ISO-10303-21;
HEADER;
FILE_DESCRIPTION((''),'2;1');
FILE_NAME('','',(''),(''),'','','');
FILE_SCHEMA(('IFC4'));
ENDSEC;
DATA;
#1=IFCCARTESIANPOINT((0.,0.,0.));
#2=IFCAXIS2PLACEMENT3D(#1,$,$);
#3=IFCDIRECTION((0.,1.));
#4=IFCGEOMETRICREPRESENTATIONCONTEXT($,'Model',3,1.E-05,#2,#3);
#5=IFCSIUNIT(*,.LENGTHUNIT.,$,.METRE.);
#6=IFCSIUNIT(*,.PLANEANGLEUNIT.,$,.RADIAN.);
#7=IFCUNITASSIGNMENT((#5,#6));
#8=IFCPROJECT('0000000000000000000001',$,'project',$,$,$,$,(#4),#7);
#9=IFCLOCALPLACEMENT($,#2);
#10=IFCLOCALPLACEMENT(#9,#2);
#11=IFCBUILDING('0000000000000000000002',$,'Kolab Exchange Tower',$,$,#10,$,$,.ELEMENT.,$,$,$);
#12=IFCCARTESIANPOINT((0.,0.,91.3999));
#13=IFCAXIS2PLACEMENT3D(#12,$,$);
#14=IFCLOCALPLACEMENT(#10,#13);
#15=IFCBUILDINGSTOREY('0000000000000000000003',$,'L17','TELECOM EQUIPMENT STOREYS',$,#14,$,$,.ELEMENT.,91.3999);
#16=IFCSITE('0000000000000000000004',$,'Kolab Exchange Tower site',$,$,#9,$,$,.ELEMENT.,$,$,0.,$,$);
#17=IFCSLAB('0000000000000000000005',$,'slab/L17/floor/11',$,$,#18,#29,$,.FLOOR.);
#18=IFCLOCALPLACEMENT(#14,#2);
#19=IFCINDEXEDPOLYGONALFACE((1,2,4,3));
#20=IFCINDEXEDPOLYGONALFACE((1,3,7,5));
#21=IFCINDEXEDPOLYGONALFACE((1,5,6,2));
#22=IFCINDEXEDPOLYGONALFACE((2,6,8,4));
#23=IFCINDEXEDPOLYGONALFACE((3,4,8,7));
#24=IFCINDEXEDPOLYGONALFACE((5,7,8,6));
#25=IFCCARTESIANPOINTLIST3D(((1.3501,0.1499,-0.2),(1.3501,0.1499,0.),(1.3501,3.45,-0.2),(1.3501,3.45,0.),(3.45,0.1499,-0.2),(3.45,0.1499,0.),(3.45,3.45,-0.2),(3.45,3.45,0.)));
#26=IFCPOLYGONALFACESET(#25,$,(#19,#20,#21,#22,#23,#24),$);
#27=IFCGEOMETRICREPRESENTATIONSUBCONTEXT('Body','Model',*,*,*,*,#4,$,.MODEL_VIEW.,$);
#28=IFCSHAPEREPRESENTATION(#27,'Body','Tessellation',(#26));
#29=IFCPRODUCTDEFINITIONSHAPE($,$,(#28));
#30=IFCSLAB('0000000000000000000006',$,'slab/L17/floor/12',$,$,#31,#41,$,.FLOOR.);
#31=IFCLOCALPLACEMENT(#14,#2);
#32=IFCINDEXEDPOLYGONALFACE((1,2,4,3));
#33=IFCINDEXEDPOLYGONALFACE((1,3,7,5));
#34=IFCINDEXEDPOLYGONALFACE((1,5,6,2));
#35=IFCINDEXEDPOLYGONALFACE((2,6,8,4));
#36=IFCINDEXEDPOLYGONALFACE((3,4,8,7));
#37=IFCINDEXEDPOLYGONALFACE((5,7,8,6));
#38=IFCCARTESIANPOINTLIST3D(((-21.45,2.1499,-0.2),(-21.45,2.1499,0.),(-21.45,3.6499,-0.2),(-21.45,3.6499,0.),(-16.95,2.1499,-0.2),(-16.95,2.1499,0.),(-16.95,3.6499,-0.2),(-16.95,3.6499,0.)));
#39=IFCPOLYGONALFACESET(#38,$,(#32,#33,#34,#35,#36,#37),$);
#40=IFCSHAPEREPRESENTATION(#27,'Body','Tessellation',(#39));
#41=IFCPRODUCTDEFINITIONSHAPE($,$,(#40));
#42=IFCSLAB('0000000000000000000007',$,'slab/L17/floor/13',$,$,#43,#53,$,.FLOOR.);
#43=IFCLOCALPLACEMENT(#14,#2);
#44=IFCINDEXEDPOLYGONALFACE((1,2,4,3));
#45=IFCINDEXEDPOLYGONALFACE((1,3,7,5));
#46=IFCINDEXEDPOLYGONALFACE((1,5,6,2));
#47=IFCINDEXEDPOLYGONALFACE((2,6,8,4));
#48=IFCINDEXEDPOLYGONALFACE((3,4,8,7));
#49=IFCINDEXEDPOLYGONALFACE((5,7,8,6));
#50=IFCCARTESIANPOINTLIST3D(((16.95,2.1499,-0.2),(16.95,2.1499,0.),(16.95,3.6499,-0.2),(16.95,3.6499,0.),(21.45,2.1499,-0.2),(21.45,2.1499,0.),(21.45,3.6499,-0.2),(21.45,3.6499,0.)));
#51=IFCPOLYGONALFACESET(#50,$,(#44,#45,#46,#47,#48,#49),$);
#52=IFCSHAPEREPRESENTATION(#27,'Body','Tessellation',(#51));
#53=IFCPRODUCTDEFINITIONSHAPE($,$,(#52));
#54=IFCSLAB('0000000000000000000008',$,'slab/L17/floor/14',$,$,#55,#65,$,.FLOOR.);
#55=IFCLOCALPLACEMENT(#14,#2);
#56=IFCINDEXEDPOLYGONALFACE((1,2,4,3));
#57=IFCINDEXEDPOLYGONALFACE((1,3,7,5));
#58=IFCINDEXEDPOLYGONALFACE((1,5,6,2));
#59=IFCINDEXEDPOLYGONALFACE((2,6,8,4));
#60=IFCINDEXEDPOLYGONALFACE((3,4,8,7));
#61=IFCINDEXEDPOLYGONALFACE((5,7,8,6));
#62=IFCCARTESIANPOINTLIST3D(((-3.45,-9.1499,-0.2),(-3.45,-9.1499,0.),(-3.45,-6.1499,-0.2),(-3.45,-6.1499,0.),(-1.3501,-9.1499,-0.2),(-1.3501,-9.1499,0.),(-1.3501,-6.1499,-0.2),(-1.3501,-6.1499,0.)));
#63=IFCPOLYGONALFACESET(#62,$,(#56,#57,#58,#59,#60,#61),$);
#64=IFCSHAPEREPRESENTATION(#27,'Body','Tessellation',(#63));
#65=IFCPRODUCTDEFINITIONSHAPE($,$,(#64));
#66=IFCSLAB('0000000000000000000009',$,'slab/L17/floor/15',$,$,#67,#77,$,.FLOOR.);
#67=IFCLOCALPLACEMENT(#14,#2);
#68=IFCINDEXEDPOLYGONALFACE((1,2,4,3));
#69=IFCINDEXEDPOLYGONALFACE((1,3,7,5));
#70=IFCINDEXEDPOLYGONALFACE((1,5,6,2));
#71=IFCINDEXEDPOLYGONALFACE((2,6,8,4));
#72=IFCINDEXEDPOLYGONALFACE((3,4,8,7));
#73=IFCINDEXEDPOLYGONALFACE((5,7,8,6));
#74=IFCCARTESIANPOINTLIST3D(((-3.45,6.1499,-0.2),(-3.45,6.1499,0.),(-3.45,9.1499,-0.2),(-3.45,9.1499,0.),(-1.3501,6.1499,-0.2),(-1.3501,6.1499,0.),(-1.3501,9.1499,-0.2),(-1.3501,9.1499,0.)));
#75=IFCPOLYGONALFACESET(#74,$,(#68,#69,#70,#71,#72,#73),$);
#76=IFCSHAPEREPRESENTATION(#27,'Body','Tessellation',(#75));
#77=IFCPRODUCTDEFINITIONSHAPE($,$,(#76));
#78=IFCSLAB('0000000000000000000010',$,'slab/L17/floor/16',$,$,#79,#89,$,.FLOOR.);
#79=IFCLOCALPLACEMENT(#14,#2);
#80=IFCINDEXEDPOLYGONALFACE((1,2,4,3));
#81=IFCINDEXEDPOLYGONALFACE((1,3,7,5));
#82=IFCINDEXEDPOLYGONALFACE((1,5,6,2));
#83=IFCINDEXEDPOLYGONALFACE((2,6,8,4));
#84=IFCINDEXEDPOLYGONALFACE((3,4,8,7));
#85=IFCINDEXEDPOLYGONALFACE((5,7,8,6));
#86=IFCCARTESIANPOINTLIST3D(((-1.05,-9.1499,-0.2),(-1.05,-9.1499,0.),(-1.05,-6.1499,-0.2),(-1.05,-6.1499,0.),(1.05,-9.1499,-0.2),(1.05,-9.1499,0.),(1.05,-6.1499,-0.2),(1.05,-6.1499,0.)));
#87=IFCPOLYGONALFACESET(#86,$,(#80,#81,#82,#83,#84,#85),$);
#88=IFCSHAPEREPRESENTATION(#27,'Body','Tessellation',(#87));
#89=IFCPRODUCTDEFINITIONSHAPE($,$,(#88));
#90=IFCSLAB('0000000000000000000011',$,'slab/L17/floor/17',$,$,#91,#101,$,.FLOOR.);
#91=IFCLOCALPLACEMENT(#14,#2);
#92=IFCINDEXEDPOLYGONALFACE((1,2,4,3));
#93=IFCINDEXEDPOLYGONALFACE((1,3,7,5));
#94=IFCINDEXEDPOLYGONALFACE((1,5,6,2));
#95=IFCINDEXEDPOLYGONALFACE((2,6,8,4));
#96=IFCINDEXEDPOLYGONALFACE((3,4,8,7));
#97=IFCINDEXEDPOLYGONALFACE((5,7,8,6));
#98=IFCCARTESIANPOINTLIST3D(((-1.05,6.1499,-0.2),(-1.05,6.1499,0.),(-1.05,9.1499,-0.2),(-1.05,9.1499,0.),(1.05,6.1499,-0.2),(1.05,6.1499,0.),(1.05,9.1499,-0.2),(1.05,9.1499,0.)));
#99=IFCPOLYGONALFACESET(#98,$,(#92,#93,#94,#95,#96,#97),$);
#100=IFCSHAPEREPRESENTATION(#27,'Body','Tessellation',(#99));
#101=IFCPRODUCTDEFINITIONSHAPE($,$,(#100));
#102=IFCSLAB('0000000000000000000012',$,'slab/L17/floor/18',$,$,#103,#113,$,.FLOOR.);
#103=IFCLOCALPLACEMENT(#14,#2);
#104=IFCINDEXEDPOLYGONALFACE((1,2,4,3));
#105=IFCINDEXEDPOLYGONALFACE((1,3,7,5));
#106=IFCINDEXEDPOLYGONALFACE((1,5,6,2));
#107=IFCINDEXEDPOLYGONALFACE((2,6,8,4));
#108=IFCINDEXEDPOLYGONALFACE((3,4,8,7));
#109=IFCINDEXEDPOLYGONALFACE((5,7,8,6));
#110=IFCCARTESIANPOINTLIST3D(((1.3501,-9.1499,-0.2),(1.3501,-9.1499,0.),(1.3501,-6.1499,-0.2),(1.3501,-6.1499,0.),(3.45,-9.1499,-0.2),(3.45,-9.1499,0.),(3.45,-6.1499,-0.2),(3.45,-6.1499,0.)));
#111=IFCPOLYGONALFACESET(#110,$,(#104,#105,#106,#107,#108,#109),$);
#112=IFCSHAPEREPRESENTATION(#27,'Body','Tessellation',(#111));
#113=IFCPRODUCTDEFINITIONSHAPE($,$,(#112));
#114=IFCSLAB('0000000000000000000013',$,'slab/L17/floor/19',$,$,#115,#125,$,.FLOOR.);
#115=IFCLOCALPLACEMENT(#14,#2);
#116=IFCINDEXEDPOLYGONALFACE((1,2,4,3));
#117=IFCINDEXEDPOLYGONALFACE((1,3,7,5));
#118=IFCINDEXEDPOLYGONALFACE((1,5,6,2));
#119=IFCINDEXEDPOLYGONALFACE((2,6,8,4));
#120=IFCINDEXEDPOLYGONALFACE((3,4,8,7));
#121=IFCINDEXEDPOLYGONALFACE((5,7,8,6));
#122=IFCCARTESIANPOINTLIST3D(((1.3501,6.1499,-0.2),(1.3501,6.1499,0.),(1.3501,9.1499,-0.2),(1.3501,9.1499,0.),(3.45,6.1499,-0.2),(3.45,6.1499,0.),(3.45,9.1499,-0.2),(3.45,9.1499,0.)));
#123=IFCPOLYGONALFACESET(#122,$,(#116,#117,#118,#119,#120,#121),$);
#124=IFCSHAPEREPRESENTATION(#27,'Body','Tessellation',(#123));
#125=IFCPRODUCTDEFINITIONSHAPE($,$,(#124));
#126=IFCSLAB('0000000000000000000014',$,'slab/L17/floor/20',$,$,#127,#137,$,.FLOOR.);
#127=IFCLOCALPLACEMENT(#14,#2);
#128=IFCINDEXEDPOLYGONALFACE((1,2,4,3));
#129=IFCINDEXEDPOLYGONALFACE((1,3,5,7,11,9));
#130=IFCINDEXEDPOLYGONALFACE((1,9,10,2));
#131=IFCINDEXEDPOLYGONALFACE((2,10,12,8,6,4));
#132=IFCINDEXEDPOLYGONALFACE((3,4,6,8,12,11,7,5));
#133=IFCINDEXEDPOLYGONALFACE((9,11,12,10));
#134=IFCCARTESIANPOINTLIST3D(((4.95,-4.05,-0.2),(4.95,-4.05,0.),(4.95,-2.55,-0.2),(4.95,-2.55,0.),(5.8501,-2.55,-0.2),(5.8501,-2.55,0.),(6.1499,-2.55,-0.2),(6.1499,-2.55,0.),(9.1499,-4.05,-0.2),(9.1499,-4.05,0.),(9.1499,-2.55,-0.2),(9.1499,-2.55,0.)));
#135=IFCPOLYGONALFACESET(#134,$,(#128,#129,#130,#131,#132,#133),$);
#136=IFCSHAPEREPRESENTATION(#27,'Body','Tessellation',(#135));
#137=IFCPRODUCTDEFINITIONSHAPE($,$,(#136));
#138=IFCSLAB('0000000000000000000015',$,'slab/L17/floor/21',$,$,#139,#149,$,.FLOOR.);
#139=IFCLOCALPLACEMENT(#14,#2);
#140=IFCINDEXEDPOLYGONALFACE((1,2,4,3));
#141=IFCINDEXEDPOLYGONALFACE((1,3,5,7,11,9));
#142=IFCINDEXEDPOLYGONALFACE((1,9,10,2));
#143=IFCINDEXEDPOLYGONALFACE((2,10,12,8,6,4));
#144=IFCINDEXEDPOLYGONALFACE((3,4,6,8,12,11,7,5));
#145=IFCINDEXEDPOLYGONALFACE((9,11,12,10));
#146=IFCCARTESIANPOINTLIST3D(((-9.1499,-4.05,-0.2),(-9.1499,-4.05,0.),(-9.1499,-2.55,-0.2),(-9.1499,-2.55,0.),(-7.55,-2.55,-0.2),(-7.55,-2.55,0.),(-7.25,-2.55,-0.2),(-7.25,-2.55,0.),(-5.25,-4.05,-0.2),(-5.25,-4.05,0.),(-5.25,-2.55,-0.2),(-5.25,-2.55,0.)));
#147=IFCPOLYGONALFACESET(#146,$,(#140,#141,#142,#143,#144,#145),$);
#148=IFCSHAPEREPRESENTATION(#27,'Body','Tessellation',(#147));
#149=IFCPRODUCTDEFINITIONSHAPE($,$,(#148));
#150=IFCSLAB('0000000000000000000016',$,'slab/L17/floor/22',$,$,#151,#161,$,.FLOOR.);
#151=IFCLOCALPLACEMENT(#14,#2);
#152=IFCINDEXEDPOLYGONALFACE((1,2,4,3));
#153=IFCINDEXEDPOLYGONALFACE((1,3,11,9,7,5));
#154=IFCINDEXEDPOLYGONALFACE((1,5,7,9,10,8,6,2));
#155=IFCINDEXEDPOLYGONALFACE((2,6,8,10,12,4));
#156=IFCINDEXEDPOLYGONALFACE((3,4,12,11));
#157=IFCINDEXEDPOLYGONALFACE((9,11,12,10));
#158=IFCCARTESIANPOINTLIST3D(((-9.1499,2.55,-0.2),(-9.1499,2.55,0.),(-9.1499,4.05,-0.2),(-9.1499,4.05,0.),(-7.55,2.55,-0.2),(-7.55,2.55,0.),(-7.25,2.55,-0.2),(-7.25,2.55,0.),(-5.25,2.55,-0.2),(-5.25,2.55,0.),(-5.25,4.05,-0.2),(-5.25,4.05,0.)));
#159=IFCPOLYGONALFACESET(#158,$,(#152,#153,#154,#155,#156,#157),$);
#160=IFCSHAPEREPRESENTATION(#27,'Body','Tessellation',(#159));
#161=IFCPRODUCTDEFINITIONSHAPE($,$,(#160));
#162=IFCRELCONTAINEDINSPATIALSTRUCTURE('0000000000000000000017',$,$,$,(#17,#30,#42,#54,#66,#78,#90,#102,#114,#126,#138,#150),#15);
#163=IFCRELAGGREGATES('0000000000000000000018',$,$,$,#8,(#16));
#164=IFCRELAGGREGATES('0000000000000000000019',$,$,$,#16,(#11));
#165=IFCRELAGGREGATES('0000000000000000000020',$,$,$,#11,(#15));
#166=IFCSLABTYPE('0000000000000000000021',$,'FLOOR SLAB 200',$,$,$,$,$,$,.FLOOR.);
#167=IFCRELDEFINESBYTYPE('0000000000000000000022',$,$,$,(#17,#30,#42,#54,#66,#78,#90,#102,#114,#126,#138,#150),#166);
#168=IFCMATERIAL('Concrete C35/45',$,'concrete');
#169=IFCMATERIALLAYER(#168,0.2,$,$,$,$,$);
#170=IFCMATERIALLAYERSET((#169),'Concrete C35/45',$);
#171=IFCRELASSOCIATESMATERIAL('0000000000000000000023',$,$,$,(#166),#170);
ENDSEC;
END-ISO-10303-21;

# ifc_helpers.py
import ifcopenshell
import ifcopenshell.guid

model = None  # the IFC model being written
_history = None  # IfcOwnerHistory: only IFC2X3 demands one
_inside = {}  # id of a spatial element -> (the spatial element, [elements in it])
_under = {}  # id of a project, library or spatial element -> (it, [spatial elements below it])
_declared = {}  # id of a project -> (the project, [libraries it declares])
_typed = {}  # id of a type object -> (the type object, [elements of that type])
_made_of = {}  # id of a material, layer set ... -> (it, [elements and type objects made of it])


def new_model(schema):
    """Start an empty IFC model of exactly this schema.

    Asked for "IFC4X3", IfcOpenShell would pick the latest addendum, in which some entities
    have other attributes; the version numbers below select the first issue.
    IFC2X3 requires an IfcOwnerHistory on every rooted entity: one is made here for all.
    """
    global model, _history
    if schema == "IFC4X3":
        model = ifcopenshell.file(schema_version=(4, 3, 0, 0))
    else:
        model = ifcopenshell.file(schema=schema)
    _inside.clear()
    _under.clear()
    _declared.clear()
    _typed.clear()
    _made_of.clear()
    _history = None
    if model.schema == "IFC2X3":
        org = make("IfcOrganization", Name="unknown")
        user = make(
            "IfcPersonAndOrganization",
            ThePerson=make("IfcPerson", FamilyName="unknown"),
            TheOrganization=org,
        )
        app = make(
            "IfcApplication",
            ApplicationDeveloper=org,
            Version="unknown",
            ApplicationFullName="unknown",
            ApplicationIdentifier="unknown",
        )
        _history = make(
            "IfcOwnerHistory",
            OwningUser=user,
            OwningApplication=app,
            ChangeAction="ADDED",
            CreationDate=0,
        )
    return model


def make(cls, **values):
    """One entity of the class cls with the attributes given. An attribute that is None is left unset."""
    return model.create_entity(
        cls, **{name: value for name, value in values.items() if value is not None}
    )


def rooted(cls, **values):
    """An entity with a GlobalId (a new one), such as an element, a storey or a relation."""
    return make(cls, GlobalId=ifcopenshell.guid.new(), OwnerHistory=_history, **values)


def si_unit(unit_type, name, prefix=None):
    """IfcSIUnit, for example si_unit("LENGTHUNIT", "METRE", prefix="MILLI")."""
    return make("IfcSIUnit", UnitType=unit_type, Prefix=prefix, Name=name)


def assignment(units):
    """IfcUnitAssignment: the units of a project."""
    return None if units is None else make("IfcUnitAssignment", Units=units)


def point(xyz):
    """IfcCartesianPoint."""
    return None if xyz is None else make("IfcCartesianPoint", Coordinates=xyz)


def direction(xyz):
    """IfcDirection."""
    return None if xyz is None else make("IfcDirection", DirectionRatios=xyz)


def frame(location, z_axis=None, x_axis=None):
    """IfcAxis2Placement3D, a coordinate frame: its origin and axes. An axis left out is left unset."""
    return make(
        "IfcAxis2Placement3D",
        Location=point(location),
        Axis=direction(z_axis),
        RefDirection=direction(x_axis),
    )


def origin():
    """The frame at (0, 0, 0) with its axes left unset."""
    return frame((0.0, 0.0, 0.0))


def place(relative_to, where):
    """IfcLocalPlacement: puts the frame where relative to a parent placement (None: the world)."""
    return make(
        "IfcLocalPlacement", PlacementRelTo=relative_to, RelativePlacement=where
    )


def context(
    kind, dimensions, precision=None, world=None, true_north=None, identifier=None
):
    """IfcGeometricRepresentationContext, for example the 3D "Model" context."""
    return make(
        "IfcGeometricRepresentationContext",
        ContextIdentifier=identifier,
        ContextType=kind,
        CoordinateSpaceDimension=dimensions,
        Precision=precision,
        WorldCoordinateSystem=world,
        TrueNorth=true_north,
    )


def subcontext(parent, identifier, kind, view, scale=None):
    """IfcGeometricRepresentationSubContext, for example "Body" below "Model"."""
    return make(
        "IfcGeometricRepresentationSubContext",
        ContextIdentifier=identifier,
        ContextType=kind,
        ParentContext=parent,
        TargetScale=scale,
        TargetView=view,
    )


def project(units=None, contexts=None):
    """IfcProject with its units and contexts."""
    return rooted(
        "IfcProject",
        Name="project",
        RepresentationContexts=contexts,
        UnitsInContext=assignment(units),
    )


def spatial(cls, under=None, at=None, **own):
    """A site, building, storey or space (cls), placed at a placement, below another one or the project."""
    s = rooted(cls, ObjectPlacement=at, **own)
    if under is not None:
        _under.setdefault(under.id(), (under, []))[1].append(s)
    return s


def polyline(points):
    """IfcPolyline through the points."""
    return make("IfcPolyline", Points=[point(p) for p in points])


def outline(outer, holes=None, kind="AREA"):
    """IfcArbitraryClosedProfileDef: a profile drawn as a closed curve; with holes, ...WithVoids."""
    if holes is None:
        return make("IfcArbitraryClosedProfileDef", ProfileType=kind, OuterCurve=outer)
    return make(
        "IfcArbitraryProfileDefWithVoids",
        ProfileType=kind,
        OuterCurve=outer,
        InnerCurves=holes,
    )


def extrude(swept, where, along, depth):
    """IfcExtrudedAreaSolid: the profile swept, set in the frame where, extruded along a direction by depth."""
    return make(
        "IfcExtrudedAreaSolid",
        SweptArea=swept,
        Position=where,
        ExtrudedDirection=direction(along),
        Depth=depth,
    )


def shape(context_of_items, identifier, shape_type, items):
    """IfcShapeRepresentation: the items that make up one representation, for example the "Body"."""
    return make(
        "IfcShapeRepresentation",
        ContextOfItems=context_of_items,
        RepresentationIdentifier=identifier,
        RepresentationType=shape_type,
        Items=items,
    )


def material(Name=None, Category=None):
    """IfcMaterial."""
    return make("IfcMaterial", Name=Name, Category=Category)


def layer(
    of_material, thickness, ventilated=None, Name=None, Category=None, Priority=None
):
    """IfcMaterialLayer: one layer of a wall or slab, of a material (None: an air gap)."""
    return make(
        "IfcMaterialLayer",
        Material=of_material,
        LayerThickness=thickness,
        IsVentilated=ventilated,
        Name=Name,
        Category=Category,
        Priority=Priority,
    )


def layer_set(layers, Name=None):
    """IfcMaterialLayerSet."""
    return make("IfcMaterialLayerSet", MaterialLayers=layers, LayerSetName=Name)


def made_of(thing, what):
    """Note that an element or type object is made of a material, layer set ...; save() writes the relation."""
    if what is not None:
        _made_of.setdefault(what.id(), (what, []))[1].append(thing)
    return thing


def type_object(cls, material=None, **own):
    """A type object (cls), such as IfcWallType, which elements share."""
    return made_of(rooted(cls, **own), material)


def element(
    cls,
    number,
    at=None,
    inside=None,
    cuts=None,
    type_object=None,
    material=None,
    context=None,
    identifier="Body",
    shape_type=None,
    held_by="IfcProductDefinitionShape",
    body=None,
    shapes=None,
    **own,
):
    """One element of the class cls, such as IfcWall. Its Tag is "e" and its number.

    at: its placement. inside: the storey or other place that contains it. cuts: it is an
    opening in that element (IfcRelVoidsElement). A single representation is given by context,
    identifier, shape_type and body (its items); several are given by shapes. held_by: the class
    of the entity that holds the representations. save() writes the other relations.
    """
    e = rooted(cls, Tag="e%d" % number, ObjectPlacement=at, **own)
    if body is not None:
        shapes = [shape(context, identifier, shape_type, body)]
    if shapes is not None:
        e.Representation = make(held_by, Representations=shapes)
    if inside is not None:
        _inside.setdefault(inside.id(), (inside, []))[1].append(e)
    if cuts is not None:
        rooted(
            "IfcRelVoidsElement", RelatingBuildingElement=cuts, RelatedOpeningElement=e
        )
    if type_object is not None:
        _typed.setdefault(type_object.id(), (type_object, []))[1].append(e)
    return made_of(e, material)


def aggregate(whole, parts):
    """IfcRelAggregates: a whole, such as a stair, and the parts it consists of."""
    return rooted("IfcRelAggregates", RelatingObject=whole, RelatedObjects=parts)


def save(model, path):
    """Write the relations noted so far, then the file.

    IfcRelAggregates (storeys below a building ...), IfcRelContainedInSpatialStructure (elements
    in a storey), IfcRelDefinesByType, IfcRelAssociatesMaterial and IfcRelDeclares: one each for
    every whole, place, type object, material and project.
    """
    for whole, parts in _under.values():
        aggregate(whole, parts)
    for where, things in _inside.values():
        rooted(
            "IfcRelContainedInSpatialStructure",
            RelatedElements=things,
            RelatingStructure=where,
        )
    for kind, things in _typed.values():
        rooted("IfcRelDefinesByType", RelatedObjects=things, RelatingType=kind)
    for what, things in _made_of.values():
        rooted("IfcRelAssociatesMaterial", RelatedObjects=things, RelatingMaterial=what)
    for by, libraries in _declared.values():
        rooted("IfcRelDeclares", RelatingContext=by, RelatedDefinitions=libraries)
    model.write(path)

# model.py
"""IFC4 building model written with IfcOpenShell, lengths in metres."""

from ifc_helpers import new_model, si_unit, direction, frame, origin, place, context, subcontext, project, spatial, polyline, outline, extrude, material, layer, layer_set, type_object, element, save


model = new_model("IFC4")

# Units and contexts
model_context = context("Model", 3, precision=1e-05, world=origin(), true_north=direction((0.0, 1.0)))
body_context = subcontext(model_context, "Body", "Model", "MODEL_VIEW")
ifc_project = project(units=[si_unit("LENGTHUNIT", "METRE"), si_unit("PLANEANGLEUNIT", "RADIAN")], contexts=[model_context])

# Site, building, storey
site_placement = place(None, origin())
site = spatial("IfcSite", under=ifc_project, at=site_placement, Name="Kolab Exchange Tower site", CompositionType="ELEMENT", RefElevation=0.0)
building_placement = place(site_placement, origin())
building = spatial("IfcBuilding", under=site, at=building_placement, Name="Kolab Exchange Tower", CompositionType="ELEMENT")
storey_placement = place(building_placement, frame((0.0, 0.0, 91.3999)))
storey = spatial("IfcBuildingStorey", under=building, at=storey_placement, Name="L17", Description="TELECOM EQUIPMENT STOREYS", CompositionType="ELEMENT", Elevation=91.3999)

# Slabs
ifc_material_1 = material(Name="Concrete C35/45", Category="concrete")
ifc_layer_1 = layer(ifc_material_1, 0.2)
ifc_layer_set_1 = layer_set([ifc_layer_1], Name="Concrete C35/45")
slab_type_1 = type_object("IfcSlabType", Name="FLOOR SLAB 200", PredefinedType="FLOOR", material=ifc_layer_set_1)
slab_1_placement = place(storey_placement, frame((0.0, 0.0, -0.2)))
element("IfcSlab", 1, at=slab_1_placement, inside=storey, type_object=slab_type_1, Name="slab/L17/floor/11", PredefinedType="FLOOR", context=body_context, shape_type="SweptSolid", body=[
    extrude(outline(polyline([(1.3501, 0.1499), (3.45, 0.1499), (3.45, 3.45), (1.3501, 3.45), (1.3501, 0.1499)])), origin(), (0.0, 0.0, 1.0), 0.2),
])
slab_2_placement = place(storey_placement, frame((0.0, 0.0, -0.2)))
element("IfcSlab", 2, at=slab_2_placement, inside=storey, type_object=slab_type_1, Name="slab/L17/floor/12", PredefinedType="FLOOR", context=body_context, shape_type="SweptSolid", body=[
    extrude(outline(polyline([(-21.45, 3.6499), (-21.45, 2.1499), (-16.95, 2.1499), (-16.95, 3.6499), (-21.45, 3.6499)])), origin(), (0.0, 0.0, 1.0), 0.2),
])
slab_3_placement = place(storey_placement, frame((0.0, 0.0, -0.2)))
element("IfcSlab", 3, at=slab_3_placement, inside=storey, type_object=slab_type_1, Name="slab/L17/floor/13", PredefinedType="FLOOR", context=body_context, shape_type="SweptSolid", body=[
    extrude(outline(polyline([(21.45, 3.6499), (16.95, 3.6499), (16.95, 2.1499), (21.45, 2.1499), (21.45, 3.6499)])), origin(), (0.0, 0.0, 1.0), 0.2),
])
slab_4_placement = place(storey_placement, frame((0.0, 0.0, -0.2)))
element("IfcSlab", 4, at=slab_4_placement, inside=storey, type_object=slab_type_1, Name="slab/L17/floor/14", PredefinedType="FLOOR", context=body_context, shape_type="SweptSolid", body=[
    extrude(outline(polyline([(-1.3501, -6.1499), (-3.45, -6.1499), (-3.45, -9.1499), (-1.3501, -9.1499), (-1.3501, -6.1499)])), origin(), (0.0, 0.0, 1.0), 0.2),
])
slab_5_placement = place(storey_placement, frame((0.0, 0.0, -0.2)))
element("IfcSlab", 5, at=slab_5_placement, inside=storey, type_object=slab_type_1, Name="slab/L17/floor/15", PredefinedType="FLOOR", context=body_context, shape_type="SweptSolid", body=[
    extrude(outline(polyline([(-1.3501, 6.1499), (-1.3501, 9.1499), (-3.45, 9.1499), (-3.45, 6.1499), (-1.3501, 6.1499)])), origin(), (0.0, 0.0, 1.0), 0.2),
])
slab_6_placement = place(storey_placement, frame((0.0, 0.0, -0.2)))
element("IfcSlab", 6, at=slab_6_placement, inside=storey, type_object=slab_type_1, Name="slab/L17/floor/16", PredefinedType="FLOOR", context=body_context, shape_type="SweptSolid", body=[
    extrude(outline(polyline([(1.05, -6.1499), (-1.05, -6.1499), (-1.05, -9.1499), (1.05, -9.1499), (1.05, -6.1499)])), origin(), (0.0, 0.0, 1.0), 0.2),
])
slab_7_placement = place(storey_placement, frame((0.0, 0.0, -0.2)))
element("IfcSlab", 7, at=slab_7_placement, inside=storey, type_object=slab_type_1, Name="slab/L17/floor/17", PredefinedType="FLOOR", context=body_context, shape_type="SweptSolid", body=[
    extrude(outline(polyline([(-1.05, 9.1499), (-1.05, 6.1499), (1.05, 6.1499), (1.05, 9.1499), (-1.05, 9.1499)])), origin(), (0.0, 0.0, 1.0), 0.2),
])
slab_8_placement = place(storey_placement, frame((0.0, 0.0, -0.2)))
element("IfcSlab", 8, at=slab_8_placement, inside=storey, type_object=slab_type_1, Name="slab/L17/floor/18", PredefinedType="FLOOR", context=body_context, shape_type="SweptSolid", body=[
    extrude(outline(polyline([(1.3501, -6.1499), (1.3501, -9.1499), (3.45, -9.1499), (3.45, -6.1499), (1.3501, -6.1499)])), origin(), (0.0, 0.0, 1.0), 0.2),
])
slab_9_placement = place(storey_placement, frame((0.0, 0.0, -0.2)))
element("IfcSlab", 9, at=slab_9_placement, inside=storey, type_object=slab_type_1, Name="slab/L17/floor/19", PredefinedType="FLOOR", context=body_context, shape_type="SweptSolid", body=[
    extrude(outline(polyline([(1.3501, 6.1499), (3.45, 6.1499), (3.45, 9.1499), (1.3501, 9.1499), (1.3501, 6.1499)])), origin(), (0.0, 0.0, 1.0), 0.2),
])
slab_10_placement = place(storey_placement, frame((0.0, 0.0, -0.2)))
element("IfcSlab", 10, at=slab_10_placement, inside=storey, type_object=slab_type_1, Name="slab/L17/floor/20", PredefinedType="FLOOR", context=body_context, shape_type="SweptSolid", body=[
    extrude(outline(polyline([(4.95, -4.05), (9.1499, -4.05), (9.1499, -2.55), (6.1499, -2.55), (5.8501, -2.55), (4.95, -2.55), (4.95, -4.05)])), origin(), (0.0, 0.0, 1.0), 0.2),
])
slab_11_placement = place(storey_placement, frame((0.0, 0.0, -0.2)))
element("IfcSlab", 11, at=slab_11_placement, inside=storey, type_object=slab_type_1, Name="slab/L17/floor/21", PredefinedType="FLOOR", context=body_context, shape_type="SweptSolid", body=[
    extrude(outline(polyline([(-9.1499, -2.55), (-9.1499, -4.05), (-5.25, -4.05), (-5.25, -2.55), (-7.25, -2.55), (-7.55, -2.55), (-9.1499, -2.55)])), origin(), (0.0, 0.0, 1.0), 0.2),
])
slab_12_placement = place(storey_placement, frame((0.0, 0.0, -0.2)))
element("IfcSlab", 12, at=slab_12_placement, inside=storey, type_object=slab_type_1, Name="slab/L17/floor/22", PredefinedType="FLOOR", context=body_context, shape_type="SweptSolid", body=[
    extrude(outline(polyline([(-5.25, 4.05), (-9.1499, 4.05), (-9.1499, 2.55), (-7.55, 2.55), (-7.25, 2.55), (-5.25, 2.55), (-5.25, 4.05)])), origin(), (0.0, 0.0, 1.0), 0.2),
])

save(model, "model.ifc")
